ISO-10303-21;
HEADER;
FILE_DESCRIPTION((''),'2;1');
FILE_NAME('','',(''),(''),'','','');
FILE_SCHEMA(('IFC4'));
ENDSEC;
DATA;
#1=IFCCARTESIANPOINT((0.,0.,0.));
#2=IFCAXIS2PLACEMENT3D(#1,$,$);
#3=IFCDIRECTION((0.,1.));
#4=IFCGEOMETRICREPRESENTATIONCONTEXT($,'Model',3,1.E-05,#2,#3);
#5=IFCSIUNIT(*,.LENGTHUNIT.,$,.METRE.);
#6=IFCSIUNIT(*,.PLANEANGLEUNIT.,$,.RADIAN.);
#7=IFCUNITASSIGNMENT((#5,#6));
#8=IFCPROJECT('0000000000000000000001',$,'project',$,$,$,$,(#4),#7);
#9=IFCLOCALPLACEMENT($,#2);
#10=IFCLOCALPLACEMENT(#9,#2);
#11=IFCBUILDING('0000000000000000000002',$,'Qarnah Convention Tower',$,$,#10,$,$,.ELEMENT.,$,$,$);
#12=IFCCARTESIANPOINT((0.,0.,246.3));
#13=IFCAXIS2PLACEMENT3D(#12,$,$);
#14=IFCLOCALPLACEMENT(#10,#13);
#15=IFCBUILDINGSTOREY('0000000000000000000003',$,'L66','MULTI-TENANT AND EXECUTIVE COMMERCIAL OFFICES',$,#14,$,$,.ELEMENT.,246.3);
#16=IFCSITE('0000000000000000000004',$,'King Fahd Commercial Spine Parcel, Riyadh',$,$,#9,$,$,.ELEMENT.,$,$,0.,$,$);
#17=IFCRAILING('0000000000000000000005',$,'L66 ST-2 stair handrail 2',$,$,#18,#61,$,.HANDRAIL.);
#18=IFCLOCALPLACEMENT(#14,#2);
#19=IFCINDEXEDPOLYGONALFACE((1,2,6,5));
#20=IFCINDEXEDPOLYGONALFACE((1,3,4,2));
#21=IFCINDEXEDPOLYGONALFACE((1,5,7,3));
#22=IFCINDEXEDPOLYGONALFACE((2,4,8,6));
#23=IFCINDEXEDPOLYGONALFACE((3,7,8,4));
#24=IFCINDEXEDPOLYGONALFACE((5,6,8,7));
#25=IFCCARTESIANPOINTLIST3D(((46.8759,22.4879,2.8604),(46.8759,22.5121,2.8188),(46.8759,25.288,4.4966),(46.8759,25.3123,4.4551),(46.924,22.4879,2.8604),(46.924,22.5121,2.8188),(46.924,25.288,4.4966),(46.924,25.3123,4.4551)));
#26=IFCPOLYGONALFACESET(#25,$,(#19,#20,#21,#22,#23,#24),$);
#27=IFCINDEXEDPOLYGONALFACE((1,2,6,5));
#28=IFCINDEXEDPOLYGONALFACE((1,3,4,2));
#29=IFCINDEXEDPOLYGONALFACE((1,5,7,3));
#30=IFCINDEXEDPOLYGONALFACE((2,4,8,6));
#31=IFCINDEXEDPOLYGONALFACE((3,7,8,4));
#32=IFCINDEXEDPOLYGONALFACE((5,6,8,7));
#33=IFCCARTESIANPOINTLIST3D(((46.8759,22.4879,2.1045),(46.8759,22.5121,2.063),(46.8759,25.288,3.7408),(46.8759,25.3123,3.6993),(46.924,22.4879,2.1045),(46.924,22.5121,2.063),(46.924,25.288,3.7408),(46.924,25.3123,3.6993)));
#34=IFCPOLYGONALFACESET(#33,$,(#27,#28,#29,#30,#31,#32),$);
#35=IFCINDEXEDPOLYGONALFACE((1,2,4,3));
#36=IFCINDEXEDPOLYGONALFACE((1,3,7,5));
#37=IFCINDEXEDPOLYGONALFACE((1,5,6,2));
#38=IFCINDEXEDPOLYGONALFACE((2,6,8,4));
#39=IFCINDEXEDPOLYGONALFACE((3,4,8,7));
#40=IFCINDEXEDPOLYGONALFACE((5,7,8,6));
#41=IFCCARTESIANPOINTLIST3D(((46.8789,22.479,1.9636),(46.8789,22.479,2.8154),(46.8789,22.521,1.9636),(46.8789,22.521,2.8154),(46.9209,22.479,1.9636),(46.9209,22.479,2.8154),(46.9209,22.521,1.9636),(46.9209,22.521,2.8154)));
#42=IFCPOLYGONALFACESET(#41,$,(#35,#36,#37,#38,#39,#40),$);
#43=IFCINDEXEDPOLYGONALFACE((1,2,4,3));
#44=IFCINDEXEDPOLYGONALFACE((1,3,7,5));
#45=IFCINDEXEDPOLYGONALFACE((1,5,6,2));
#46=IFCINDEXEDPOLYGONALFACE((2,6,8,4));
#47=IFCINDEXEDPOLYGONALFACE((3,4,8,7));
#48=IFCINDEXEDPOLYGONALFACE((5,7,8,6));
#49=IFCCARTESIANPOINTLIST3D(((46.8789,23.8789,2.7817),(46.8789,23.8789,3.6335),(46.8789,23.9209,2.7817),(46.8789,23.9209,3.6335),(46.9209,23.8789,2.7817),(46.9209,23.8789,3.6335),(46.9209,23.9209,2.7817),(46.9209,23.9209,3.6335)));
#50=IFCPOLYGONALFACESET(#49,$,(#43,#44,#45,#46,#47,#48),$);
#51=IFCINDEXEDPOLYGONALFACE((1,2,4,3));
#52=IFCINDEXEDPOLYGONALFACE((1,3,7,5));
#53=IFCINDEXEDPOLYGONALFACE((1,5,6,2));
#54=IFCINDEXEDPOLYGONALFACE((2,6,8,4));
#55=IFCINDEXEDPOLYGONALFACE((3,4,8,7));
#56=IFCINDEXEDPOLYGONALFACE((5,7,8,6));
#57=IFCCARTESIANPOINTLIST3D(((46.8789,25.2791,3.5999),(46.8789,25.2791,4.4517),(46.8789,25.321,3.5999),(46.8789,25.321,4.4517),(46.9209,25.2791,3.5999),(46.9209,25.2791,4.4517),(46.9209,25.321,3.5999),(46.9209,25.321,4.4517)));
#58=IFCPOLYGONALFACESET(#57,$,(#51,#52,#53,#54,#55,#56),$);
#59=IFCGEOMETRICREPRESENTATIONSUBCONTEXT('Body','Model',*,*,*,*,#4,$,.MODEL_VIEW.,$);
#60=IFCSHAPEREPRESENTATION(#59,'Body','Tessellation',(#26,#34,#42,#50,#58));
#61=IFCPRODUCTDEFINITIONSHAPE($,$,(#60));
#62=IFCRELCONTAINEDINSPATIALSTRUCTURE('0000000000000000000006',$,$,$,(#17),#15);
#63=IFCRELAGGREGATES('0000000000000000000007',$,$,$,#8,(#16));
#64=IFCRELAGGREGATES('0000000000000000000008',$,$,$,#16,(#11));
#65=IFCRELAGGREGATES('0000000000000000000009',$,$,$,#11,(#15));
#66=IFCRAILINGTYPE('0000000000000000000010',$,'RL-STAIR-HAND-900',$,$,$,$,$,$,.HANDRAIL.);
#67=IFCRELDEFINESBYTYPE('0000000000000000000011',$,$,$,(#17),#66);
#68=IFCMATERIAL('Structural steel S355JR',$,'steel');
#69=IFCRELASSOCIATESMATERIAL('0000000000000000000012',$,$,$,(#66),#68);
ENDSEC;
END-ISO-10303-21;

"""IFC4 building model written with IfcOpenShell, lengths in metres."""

from ifc_helpers import new_model, si_unit, direction, frame, origin, origin_2d, place, context, subcontext, project, spatial, rectangle, extrude, material, type_object, element, save


model = new_model("IFC4")

# Units and contexts
model_context = context("Model", 3, precision=1e-05, world=origin(), true_north=direction((0.0, 1.0)))
body_context = subcontext(model_context, "Body", "Model", "MODEL_VIEW")
ifc_project = project(units=[si_unit("LENGTHUNIT", "METRE"), si_unit("PLANEANGLEUNIT", "RADIAN")], contexts=[model_context])

# Site, building, storey
site_placement = place(None, origin())
site = spatial("IfcSite", under=ifc_project, at=site_placement, Name="King Fahd Commercial Spine Parcel, Riyadh", CompositionType="ELEMENT", RefElevation=0.0)
building_placement = place(site_placement, origin())
building = spatial("IfcBuilding", under=site, at=building_placement, Name="Qarnah Convention Tower", CompositionType="ELEMENT")
storey_placement = place(building_placement, frame((0.0, 0.0, 246.3)))
storey = spatial("IfcBuildingStorey", under=building, at=storey_placement, Name="L66", Description="MULTI-TENANT AND EXECUTIVE COMMERCIAL OFFICES", CompositionType="ELEMENT", Elevation=246.3)

# Shared definitions
ifc_material_1 = material(Name="Structural steel S355JR", Category="steel")

# Railing
railing_type_1 = type_object("IfcRailingType", Name="RL-STAIR-HAND-900", PredefinedType="HANDRAIL", material=ifc_material_1)
railing_1_placement = place(storey_placement, frame((46.8999, 22.5, 1.9636)))
element("IfcRailing", 1, at=railing_1_placement, inside=storey, type_object=railing_type_1, Name="L66 ST-2 stair handrail 2", PredefinedType="HANDRAIL", context=body_context, shape_type="SweptSolid", body=[
    extrude(rectangle(XDim=0.0481, YDim=0.0481, at=origin_2d()), frame((0.0, 0.0, 0.876), z_axis=(0.0, 0.863394, 0.504531), x_axis=(-1.0, 0.0, 0.0)), (0.0, 0.0, 1.0), 3.2432),
    extrude(rectangle(XDim=0.0481, YDim=0.0481, at=origin_2d()), frame((0.0, 0.0, 0.1201), z_axis=(0.0, 0.863394, 0.504531), x_axis=(-1.0, 0.0, 0.0)), (0.0, 0.0, 1.0), 3.2432),
    extrude(rectangle(XDim=0.042, YDim=0.042, at=origin_2d()), origin(), (0.0, 0.0, 1.0), 0.8518),
    extrude(rectangle(XDim=0.042, YDim=0.042, at=origin_2d()), frame((0.0, 1.3999, 0.8181)), (0.0, 0.0, 1.0), 0.8518),
    extrude(rectangle(XDim=0.042, YDim=0.042, at=origin_2d()), frame((0.0, 2.8, 1.6362)), (0.0, 0.0, 1.0), 0.8518),
])

save(model, "model.ifc")
